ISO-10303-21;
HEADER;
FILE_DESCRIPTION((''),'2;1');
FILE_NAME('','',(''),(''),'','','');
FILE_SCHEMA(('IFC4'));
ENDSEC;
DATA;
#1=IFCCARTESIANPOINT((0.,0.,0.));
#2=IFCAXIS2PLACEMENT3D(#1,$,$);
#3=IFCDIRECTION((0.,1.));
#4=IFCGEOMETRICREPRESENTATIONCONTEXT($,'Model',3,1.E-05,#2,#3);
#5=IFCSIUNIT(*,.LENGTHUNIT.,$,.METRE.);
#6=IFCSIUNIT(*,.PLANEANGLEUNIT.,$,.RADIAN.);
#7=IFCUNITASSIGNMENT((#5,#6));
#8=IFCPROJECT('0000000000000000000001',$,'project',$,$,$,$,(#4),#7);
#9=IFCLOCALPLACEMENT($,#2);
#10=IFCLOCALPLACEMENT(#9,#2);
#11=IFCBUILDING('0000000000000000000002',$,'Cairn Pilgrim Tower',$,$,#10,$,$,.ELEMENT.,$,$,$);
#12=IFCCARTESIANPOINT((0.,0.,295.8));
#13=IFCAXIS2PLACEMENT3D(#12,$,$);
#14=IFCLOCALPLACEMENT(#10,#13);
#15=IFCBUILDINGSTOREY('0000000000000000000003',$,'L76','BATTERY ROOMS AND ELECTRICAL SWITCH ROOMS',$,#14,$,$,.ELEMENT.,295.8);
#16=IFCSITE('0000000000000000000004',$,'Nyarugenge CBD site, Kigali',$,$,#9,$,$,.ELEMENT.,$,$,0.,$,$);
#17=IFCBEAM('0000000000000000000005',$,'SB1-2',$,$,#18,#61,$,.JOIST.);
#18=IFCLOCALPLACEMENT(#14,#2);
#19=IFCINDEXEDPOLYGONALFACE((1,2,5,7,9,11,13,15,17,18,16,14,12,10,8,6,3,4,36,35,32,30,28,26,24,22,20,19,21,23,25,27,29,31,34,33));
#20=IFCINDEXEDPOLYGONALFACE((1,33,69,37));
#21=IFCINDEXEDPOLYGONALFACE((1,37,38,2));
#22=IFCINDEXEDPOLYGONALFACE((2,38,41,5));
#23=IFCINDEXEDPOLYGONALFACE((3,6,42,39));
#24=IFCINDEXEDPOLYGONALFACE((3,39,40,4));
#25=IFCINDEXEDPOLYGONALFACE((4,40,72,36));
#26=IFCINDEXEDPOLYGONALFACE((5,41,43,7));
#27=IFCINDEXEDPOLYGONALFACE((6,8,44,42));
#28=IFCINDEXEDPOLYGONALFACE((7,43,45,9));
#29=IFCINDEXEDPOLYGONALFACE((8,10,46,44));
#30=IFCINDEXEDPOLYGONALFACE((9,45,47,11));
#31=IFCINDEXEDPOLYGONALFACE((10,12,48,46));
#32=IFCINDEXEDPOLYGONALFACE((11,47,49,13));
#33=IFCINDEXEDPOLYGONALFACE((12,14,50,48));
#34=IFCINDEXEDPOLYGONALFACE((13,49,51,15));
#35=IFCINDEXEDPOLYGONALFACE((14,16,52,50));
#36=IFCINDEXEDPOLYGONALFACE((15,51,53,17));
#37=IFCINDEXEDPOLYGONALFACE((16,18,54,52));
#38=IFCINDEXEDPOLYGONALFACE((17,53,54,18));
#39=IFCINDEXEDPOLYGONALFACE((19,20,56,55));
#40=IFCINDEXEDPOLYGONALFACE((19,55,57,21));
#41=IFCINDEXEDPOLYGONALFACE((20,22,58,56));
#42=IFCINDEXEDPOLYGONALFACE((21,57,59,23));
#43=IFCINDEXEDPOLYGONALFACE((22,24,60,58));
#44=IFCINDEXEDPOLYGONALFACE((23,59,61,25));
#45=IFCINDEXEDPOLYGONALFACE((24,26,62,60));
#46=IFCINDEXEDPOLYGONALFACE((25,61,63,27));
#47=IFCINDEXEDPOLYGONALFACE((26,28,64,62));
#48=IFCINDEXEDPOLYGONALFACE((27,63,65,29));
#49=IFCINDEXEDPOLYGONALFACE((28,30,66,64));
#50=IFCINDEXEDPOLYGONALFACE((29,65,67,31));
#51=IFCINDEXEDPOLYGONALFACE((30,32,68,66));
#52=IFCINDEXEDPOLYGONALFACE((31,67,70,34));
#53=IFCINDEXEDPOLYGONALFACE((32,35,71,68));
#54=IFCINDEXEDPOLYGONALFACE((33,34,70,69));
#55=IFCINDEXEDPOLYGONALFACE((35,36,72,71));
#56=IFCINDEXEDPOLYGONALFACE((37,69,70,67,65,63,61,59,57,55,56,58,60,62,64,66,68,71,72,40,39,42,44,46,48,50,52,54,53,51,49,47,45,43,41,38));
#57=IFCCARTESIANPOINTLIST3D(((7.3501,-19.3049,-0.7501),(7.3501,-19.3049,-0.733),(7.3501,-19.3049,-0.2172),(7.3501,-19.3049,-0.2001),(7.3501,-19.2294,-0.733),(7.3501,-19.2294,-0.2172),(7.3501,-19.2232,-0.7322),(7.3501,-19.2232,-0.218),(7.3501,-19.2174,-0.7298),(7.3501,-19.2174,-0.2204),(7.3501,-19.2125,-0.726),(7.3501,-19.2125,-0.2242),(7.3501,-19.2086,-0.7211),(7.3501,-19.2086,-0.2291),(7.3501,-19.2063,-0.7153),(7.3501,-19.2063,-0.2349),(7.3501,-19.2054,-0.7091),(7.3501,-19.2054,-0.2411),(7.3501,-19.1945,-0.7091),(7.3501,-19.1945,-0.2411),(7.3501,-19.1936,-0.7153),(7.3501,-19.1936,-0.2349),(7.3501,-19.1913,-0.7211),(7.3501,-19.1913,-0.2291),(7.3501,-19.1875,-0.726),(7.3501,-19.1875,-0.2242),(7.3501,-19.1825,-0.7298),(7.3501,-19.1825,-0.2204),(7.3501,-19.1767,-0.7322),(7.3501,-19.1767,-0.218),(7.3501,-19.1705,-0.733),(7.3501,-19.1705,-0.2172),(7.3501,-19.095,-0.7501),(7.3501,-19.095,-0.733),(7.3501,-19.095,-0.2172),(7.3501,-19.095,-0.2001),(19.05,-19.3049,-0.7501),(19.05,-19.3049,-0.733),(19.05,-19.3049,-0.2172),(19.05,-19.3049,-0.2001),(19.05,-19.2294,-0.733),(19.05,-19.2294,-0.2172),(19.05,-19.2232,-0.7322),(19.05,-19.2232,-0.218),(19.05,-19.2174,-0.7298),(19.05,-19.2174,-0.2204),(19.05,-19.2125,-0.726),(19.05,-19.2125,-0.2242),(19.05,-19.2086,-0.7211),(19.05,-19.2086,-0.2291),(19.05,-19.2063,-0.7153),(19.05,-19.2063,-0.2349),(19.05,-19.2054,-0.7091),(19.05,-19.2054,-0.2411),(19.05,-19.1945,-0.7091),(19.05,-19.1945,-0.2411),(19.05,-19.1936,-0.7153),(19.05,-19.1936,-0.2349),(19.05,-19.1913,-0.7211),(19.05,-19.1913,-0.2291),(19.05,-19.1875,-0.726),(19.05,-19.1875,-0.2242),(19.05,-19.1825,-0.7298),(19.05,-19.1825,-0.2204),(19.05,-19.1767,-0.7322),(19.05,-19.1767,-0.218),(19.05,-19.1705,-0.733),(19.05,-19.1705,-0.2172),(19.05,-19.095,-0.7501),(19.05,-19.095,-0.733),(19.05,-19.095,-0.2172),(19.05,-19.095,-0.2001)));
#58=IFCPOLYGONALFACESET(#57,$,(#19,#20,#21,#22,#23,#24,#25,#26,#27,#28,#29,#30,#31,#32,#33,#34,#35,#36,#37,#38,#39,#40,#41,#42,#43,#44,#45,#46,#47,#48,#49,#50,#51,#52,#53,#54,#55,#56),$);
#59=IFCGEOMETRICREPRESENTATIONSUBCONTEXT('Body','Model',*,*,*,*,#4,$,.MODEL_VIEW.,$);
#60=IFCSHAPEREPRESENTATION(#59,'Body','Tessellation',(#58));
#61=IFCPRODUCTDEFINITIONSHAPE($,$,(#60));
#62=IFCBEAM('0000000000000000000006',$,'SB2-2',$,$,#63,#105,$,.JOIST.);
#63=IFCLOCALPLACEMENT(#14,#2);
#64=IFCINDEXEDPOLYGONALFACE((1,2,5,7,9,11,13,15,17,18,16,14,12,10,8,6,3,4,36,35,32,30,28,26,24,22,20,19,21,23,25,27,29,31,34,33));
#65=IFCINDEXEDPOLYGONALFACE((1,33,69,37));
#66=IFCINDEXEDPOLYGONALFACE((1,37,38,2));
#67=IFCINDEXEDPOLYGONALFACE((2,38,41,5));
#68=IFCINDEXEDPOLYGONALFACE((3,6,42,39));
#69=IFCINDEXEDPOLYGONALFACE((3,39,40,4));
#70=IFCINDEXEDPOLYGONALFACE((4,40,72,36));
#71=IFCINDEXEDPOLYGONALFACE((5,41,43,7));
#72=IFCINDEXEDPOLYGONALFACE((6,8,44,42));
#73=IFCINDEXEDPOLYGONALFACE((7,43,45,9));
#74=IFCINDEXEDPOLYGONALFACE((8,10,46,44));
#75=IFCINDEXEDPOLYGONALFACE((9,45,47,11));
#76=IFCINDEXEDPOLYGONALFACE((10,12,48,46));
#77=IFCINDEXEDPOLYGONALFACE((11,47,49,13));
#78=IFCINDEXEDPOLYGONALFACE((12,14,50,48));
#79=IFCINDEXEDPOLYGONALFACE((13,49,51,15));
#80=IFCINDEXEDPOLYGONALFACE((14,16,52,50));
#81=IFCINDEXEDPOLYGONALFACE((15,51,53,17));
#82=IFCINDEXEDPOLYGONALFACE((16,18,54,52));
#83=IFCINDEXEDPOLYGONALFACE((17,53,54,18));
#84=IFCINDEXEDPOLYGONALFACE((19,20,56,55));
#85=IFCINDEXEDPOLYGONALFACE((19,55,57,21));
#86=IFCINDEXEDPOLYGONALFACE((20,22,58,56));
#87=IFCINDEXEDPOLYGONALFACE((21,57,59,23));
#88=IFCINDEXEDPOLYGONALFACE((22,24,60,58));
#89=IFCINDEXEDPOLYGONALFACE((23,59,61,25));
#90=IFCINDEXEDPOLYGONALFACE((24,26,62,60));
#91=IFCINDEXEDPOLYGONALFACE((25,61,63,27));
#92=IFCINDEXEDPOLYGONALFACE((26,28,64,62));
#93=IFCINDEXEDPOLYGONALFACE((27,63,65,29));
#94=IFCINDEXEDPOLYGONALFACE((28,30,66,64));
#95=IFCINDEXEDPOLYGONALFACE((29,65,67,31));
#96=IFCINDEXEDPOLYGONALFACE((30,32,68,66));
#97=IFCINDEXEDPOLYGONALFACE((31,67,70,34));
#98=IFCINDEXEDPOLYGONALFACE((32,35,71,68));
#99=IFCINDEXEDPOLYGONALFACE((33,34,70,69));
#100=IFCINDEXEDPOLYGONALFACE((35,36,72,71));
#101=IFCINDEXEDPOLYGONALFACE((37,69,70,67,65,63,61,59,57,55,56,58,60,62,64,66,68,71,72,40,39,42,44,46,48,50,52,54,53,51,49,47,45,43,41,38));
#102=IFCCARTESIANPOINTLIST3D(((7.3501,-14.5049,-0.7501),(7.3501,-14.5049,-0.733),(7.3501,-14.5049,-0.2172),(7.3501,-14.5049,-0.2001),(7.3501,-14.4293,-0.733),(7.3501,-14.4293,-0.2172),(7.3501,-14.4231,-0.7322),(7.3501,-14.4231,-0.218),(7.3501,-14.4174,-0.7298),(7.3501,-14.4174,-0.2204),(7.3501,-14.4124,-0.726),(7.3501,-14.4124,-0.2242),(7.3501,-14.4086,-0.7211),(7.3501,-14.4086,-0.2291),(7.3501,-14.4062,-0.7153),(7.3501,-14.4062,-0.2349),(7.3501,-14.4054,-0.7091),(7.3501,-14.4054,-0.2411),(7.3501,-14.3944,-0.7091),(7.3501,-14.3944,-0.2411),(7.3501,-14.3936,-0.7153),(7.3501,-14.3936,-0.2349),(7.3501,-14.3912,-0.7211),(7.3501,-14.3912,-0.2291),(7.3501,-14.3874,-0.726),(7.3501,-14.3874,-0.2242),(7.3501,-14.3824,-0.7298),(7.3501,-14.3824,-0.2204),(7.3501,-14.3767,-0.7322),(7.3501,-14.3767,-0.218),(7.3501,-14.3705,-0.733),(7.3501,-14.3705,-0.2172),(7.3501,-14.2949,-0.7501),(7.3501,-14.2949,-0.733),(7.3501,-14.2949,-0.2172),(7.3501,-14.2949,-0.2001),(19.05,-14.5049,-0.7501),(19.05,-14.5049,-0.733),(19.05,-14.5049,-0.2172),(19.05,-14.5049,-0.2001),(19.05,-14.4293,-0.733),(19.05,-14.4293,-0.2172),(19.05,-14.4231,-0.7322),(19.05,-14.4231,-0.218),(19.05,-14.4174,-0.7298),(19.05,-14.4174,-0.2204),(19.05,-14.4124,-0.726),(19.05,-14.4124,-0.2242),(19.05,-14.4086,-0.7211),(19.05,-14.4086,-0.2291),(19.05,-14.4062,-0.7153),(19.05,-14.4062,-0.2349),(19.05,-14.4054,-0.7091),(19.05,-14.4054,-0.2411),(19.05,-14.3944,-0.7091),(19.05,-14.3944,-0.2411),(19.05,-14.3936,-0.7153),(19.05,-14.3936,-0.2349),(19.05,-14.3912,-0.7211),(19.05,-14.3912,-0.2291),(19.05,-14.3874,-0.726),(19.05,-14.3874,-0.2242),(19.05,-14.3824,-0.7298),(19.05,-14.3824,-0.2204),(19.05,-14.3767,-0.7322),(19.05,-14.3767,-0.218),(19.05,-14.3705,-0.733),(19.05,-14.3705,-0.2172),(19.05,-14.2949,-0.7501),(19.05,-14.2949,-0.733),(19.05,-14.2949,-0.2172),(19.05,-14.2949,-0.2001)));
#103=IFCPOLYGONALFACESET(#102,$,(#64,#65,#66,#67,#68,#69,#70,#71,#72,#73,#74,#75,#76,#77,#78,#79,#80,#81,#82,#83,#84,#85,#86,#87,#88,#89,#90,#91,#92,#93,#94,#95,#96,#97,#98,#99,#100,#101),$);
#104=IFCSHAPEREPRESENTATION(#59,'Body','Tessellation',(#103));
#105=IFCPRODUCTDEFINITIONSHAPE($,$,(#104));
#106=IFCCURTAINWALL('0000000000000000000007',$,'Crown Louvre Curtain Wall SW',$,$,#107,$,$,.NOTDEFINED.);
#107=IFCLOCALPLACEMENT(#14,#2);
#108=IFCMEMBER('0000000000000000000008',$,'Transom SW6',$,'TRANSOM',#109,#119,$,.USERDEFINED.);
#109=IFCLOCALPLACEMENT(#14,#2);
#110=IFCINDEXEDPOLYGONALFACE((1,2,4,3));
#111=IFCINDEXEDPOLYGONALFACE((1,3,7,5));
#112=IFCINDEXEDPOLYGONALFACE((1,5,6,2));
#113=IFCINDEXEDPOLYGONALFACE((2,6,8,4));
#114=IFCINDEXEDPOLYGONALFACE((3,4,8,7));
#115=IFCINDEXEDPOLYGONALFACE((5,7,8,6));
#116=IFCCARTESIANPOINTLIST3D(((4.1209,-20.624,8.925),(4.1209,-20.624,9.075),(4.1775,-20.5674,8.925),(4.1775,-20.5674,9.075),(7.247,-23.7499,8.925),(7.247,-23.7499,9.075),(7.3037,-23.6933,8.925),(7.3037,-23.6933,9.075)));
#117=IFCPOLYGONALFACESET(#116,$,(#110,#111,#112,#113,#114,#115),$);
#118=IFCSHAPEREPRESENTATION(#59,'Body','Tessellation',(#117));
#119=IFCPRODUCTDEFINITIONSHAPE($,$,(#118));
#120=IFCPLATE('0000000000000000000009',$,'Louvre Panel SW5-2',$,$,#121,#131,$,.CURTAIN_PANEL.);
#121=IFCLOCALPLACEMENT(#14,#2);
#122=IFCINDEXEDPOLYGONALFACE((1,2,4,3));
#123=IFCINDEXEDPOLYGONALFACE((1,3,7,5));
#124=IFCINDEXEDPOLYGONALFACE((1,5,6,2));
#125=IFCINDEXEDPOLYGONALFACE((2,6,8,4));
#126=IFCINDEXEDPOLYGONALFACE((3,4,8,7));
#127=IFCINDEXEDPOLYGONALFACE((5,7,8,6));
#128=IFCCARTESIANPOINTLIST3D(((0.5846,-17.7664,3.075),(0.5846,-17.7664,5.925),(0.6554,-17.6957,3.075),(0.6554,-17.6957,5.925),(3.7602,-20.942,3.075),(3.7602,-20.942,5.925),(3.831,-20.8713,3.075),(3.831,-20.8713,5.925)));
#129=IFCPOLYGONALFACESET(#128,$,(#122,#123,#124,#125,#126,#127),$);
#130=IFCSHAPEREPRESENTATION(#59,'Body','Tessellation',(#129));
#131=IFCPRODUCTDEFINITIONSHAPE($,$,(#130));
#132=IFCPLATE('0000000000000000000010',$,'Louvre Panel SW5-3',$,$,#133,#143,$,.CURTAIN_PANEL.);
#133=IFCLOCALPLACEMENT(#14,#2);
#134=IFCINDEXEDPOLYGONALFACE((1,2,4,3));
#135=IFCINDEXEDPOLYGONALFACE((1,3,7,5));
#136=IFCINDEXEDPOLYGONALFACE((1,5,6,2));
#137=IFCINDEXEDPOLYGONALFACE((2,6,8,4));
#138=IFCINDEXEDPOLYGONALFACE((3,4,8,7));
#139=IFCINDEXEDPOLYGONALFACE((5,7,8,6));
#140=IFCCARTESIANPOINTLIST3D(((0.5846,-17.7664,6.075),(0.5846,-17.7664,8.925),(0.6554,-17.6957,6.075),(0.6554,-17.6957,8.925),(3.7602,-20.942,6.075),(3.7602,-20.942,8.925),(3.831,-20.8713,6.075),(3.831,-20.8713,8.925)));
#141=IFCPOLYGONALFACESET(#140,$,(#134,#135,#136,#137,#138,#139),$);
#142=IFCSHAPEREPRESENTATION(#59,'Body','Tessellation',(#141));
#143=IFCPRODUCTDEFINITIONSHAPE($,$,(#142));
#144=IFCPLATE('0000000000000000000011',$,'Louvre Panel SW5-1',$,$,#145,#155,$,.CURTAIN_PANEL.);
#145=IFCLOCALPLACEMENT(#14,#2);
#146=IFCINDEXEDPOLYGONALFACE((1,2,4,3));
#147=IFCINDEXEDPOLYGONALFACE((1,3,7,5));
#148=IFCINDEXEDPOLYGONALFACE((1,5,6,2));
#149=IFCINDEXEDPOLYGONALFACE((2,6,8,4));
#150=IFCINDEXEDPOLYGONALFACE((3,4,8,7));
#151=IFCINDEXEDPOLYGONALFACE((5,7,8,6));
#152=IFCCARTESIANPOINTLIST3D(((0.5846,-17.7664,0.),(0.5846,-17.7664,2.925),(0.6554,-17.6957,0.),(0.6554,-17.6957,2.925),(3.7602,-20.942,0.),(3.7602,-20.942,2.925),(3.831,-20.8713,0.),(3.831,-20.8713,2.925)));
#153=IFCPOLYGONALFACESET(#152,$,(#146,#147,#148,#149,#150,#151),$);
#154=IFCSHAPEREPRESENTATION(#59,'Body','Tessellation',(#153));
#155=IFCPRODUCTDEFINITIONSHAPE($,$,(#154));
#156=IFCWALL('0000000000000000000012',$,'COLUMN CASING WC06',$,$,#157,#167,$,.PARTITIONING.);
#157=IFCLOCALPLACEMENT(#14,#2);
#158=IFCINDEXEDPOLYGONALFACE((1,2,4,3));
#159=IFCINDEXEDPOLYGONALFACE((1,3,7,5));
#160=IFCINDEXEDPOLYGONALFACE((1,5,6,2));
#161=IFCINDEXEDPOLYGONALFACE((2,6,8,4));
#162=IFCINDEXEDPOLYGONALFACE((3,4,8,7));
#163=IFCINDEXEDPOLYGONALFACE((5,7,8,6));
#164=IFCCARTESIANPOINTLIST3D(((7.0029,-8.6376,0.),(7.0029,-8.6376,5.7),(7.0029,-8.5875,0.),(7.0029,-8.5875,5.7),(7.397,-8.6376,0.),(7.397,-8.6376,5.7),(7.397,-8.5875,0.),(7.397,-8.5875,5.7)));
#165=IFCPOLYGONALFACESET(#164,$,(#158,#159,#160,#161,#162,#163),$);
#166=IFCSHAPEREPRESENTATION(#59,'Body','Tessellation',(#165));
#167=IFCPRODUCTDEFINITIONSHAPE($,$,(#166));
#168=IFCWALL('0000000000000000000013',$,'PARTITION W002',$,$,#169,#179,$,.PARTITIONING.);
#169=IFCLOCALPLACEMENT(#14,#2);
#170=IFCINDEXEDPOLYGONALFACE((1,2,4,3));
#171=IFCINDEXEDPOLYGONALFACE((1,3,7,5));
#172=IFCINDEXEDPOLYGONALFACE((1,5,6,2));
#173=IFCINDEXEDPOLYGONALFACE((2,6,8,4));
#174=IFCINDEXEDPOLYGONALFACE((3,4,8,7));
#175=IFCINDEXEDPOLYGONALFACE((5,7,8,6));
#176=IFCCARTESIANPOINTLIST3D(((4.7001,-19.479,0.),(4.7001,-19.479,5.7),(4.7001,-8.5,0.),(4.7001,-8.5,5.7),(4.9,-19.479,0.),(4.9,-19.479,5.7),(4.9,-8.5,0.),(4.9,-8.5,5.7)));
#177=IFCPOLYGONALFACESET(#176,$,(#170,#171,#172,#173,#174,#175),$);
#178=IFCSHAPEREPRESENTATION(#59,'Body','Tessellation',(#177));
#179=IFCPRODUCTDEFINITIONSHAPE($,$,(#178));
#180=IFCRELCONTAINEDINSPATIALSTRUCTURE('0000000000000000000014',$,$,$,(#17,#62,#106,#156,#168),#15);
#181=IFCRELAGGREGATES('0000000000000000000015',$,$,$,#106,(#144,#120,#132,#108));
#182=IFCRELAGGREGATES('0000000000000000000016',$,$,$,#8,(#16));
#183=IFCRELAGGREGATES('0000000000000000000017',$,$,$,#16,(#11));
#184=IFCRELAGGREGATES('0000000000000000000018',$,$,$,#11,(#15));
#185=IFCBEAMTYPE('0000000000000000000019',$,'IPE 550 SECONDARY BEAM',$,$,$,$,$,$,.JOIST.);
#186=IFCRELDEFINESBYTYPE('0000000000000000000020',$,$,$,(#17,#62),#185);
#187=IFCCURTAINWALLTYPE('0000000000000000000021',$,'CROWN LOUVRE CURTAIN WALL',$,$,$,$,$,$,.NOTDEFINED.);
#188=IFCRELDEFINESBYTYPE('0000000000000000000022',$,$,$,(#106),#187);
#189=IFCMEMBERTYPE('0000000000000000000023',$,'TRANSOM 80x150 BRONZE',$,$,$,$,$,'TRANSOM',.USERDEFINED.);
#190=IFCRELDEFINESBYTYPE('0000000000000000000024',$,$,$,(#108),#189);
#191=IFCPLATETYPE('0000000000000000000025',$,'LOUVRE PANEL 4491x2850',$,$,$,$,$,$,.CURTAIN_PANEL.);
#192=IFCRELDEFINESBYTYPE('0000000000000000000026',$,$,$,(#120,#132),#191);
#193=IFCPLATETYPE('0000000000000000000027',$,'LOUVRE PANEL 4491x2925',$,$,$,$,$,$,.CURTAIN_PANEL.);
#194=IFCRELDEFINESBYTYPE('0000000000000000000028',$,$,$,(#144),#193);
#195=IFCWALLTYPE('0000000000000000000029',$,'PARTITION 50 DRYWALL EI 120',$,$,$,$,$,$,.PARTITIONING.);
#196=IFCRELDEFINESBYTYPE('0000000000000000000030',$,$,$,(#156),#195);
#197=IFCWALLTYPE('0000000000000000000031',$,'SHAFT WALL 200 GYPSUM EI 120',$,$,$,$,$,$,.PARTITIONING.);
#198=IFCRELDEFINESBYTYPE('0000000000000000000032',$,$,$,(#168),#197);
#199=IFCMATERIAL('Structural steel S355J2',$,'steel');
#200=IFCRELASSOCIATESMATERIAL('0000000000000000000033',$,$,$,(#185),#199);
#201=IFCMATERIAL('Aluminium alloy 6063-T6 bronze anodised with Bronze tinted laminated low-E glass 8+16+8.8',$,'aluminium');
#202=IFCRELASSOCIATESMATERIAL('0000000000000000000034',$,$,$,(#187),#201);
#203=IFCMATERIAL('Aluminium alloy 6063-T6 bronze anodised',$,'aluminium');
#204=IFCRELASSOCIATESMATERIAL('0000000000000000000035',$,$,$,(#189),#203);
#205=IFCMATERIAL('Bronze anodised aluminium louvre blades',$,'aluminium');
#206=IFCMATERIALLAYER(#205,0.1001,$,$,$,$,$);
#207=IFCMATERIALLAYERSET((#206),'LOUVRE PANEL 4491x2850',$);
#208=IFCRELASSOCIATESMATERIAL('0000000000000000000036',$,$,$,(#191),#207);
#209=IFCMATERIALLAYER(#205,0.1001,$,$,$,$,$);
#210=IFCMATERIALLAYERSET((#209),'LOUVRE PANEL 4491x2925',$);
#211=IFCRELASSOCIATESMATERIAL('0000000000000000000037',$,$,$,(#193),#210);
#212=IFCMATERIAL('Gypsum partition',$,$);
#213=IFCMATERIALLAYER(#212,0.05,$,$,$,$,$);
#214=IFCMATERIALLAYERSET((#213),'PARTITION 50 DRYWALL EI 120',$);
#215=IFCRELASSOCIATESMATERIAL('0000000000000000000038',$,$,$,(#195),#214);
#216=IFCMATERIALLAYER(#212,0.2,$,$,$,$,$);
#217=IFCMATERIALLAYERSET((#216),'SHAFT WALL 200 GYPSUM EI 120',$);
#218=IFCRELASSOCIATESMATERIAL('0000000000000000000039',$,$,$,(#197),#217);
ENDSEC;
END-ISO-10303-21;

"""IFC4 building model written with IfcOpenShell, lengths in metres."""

from ifc_helpers import new_model, si_unit, direction, frame, frame_2d, origin, origin_2d, place, context, subcontext, project, spatial, rectangle, i_section, extrude, material, layer, layer_set, material_profile, profile_set, type_object, element, aggregate, save


model = new_model("IFC4")

# Units and contexts
model_context = context("Model", 3, precision=1e-05, world=origin(), true_north=direction((0.0, 1.0)))
body_context = subcontext(model_context, "Body", "Model", "MODEL_VIEW")
ifc_project = project(units=[si_unit("LENGTHUNIT", "METRE"), si_unit("PLANEANGLEUNIT", "RADIAN")], contexts=[model_context])

# Site, building, storey
site_placement = place(None, origin())
site = spatial("IfcSite", under=ifc_project, at=site_placement, Name="Nyarugenge CBD site, Kigali", CompositionType="ELEMENT", RefElevation=0.0)
building_placement = place(site_placement, origin())
building = spatial("IfcBuilding", under=site, at=building_placement, Name="Cairn Pilgrim Tower", CompositionType="ELEMENT")
storey_placement = place(building_placement, frame((0.0, 0.0, 295.8)))
storey = spatial("IfcBuildingStorey", under=building, at=storey_placement, Name="L76", Description="BATTERY ROOMS AND ELECTRICAL SWITCH ROOMS", CompositionType="ELEMENT", Elevation=295.8)

# Shared definitions
ifc_material_1 = material(Name="Structural steel S355J2", Category="steel")

# Beams
ifc_material_profile_1 = material_profile(ifc_material_1, i_section(OverallWidth=0.21, OverallDepth=0.55, WebThickness=0.011, FlangeThickness=0.0171, FilletRadius=0.0239, at=origin_2d()), Name="IPE 550")
ifc_profile_set_1 = profile_set([ifc_material_profile_1], Name="Structural steel S355J2")
beam_type_1 = type_object("IfcBeamType", Name="IPE 550 SECONDARY BEAM", PredefinedType="JOIST", material=ifc_profile_set_1)
for number, where, z_axis, x_axis, name in (
    (1, (7.3501, -19.2, -0.4751), (1.0, 0.0, 0.0), (0.0, 1.0, 0.0), "SB1-2"),
    (2, (7.3501, -14.3999, -0.4751), (1.0, 0.0, 0.0), (0.0, 1.0, 0.0), "SB2-2"),
):
    element("IfcBeam", number, at=place(storey_placement, frame(where, z_axis=z_axis, x_axis=x_axis)), inside=storey, type_object=beam_type_1, Name=name, PredefinedType="JOIST", context=body_context, shape_type="SweptSolid", body=[
        extrude(i_section(OverallWidth=0.21, OverallDepth=0.55, WebThickness=0.011, FlangeThickness=0.0171, FilletRadius=0.0239, at=origin_2d()), origin(), (0.0, 0.0, 1.0), 11.7),
    ])

# Curtain wall, member, plates
ifc_material_2 = material(Name="Aluminium alloy 6063-T6 bronze anodised with Bronze tinted laminated low-E glass 8+16+8.8", Category="aluminium")
curtain_wall_type = type_object("IfcCurtainWallType", Name="CROWN LOUVRE CURTAIN WALL", PredefinedType="NOTDEFINED", material=ifc_material_2)
curtain_wall_placement = place(storey_placement, origin())
curtain_wall = element("IfcCurtainWall", 3, at=curtain_wall_placement, inside=storey, type_object=curtain_wall_type, Name="Crown Louvre Curtain Wall SW", PredefinedType="NOTDEFINED")
ifc_material_3 = material(Name="Aluminium alloy 6063-T6 bronze anodised", Category="aluminium")
ifc_material_profile_2 = material_profile(ifc_material_3, rectangle(XDim=0.0801, YDim=0.1499, at=origin_2d()), Name="TRANSOM 80x150 BRONZE")
ifc_profile_set_2 = profile_set([ifc_material_profile_2], Name="Aluminium alloy 6063-T6 bronze anodised")
member_type = type_object("IfcMemberType", Name="TRANSOM 80x150 BRONZE", ElementType="TRANSOM", PredefinedType="USERDEFINED", material=ifc_profile_set_2)
member_placement = place(storey_placement, frame((4.1492, -20.5957, 9.0), z_axis=(0.707134, -0.707079, 0.0), x_axis=(0.707079, 0.707134, 0.0)))
member = element("IfcMember", 4, at=member_placement, type_object=member_type, Name="Transom SW6", ObjectType="TRANSOM", PredefinedType="USERDEFINED", context=body_context, shape_type="SweptSolid", body=[
    extrude(rectangle(XDim=0.0801, YDim=0.1499, at=origin_2d()), origin(), (0.0, 0.0, 1.0), 4.4209),
])
ifc_material_4 = material(Name="Bronze anodised aluminium louvre blades", Category="aluminium")
ifc_layer_1 = layer(ifc_material_4, 0.1001)
ifc_layer_set_1 = layer_set([ifc_layer_1], Name="LOUVRE PANEL 4491x2850")
plate_type_1 = type_object("IfcPlateType", Name="LOUVRE PANEL 4491x2850", PredefinedType="CURTAIN_PANEL", material=ifc_layer_set_1)
plate_1_placement = place(storey_placement, frame((2.2078, -19.3188, 3.075), z_axis=(0.0, 0.0, 1.0), x_axis=(0.707107, -0.707107, 0.0)))
plate_1 = element("IfcPlate", 5, at=plate_1_placement, type_object=plate_type_1, Name="Louvre Panel SW5-2", PredefinedType="CURTAIN_PANEL", context=body_context, shape_type="SweptSolid", body=[
    extrude(rectangle(XDim=4.491, YDim=0.1001, at=origin_2d()), origin(), (0.0, 0.0, 1.0), 2.8501),
])
plate_2_placement = place(storey_placement, frame((2.2078, -19.3188, 6.075), z_axis=(0.0, 0.0, 1.0), x_axis=(0.707107, -0.707107, 0.0)))
plate_2 = element("IfcPlate", 6, at=plate_2_placement, type_object=plate_type_1, Name="Louvre Panel SW5-3", PredefinedType="CURTAIN_PANEL", context=body_context, shape_type="SweptSolid", body=[
    extrude(rectangle(XDim=4.491, YDim=0.1001, at=origin_2d()), origin(), (0.0, 0.0, 1.0), 2.8501),
])
ifc_layer_2 = layer(ifc_material_4, 0.1001)
ifc_layer_set_2 = layer_set([ifc_layer_2], Name="LOUVRE PANEL 4491x2925")
plate_type_2 = type_object("IfcPlateType", Name="LOUVRE PANEL 4491x2925", PredefinedType="CURTAIN_PANEL", material=ifc_layer_set_2)
plate_3_placement = place(storey_placement, frame((2.2078, -19.3188, 0.0), z_axis=(0.0, 0.0, 1.0), x_axis=(0.707107, -0.707107, 0.0)))
plate_3 = element("IfcPlate", 7, at=plate_3_placement, type_object=plate_type_2, Name="Louvre Panel SW5-1", PredefinedType="CURTAIN_PANEL", context=body_context, shape_type="SweptSolid", body=[
    extrude(rectangle(XDim=4.491, YDim=0.1001, at=origin_2d()), origin(), (0.0, 0.0, 1.0), 2.925),
])
aggregate(curtain_wall, [plate_3, plate_1, plate_2, member])

# Walls
ifc_material_5 = material(Name="Gypsum partition")
ifc_layer_3 = layer(ifc_material_5, 0.05)
ifc_layer_set_3 = layer_set([ifc_layer_3], Name="PARTITION 50 DRYWALL EI 120")
wall_type_1 = type_object("IfcWallType", Name="PARTITION 50 DRYWALL EI 120", PredefinedType="PARTITIONING", material=ifc_layer_set_3)
wall_1_placement = place(storey_placement, frame((7.0029, -8.6125, 0.0), z_axis=(0.0, 0.0, 1.0), x_axis=(1.0, 0.0, 0.0)))
element("IfcWall", 8, at=wall_1_placement, inside=storey, type_object=wall_type_1, Name="COLUMN CASING WC06", PredefinedType="PARTITIONING", context=body_context, shape_type="SweptSolid", body=[
    extrude(rectangle(XDim=0.394, YDim=0.05, at=frame_2d((0.197, 0.0))), origin(), (0.0, 0.0, 1.0), 5.7),
])
ifc_layer_4 = layer(ifc_material_5, 0.2)
ifc_layer_set_4 = layer_set([ifc_layer_4], Name="SHAFT WALL 200 GYPSUM EI 120")
wall_type_2 = type_object("IfcWallType", Name="SHAFT WALL 200 GYPSUM EI 120", PredefinedType="PARTITIONING", material=ifc_layer_set_4)
wall_2_placement = place(storey_placement, frame((4.8, -19.479, 0.0), z_axis=(0.0, 0.0, 1.0), x_axis=(0.0, 1.0, 0.0)))
element("IfcWall", 9, at=wall_2_placement, inside=storey, type_object=wall_type_2, Name="PARTITION W002", PredefinedType="PARTITIONING", context=body_context, shape_type="SweptSolid", body=[
    extrude(rectangle(XDim=10.979, YDim=0.2, at=frame_2d((5.4895, 0.0))), origin(), (0.0, 0.0, 1.0), 5.7),
])

save(model, "model.ifc")
